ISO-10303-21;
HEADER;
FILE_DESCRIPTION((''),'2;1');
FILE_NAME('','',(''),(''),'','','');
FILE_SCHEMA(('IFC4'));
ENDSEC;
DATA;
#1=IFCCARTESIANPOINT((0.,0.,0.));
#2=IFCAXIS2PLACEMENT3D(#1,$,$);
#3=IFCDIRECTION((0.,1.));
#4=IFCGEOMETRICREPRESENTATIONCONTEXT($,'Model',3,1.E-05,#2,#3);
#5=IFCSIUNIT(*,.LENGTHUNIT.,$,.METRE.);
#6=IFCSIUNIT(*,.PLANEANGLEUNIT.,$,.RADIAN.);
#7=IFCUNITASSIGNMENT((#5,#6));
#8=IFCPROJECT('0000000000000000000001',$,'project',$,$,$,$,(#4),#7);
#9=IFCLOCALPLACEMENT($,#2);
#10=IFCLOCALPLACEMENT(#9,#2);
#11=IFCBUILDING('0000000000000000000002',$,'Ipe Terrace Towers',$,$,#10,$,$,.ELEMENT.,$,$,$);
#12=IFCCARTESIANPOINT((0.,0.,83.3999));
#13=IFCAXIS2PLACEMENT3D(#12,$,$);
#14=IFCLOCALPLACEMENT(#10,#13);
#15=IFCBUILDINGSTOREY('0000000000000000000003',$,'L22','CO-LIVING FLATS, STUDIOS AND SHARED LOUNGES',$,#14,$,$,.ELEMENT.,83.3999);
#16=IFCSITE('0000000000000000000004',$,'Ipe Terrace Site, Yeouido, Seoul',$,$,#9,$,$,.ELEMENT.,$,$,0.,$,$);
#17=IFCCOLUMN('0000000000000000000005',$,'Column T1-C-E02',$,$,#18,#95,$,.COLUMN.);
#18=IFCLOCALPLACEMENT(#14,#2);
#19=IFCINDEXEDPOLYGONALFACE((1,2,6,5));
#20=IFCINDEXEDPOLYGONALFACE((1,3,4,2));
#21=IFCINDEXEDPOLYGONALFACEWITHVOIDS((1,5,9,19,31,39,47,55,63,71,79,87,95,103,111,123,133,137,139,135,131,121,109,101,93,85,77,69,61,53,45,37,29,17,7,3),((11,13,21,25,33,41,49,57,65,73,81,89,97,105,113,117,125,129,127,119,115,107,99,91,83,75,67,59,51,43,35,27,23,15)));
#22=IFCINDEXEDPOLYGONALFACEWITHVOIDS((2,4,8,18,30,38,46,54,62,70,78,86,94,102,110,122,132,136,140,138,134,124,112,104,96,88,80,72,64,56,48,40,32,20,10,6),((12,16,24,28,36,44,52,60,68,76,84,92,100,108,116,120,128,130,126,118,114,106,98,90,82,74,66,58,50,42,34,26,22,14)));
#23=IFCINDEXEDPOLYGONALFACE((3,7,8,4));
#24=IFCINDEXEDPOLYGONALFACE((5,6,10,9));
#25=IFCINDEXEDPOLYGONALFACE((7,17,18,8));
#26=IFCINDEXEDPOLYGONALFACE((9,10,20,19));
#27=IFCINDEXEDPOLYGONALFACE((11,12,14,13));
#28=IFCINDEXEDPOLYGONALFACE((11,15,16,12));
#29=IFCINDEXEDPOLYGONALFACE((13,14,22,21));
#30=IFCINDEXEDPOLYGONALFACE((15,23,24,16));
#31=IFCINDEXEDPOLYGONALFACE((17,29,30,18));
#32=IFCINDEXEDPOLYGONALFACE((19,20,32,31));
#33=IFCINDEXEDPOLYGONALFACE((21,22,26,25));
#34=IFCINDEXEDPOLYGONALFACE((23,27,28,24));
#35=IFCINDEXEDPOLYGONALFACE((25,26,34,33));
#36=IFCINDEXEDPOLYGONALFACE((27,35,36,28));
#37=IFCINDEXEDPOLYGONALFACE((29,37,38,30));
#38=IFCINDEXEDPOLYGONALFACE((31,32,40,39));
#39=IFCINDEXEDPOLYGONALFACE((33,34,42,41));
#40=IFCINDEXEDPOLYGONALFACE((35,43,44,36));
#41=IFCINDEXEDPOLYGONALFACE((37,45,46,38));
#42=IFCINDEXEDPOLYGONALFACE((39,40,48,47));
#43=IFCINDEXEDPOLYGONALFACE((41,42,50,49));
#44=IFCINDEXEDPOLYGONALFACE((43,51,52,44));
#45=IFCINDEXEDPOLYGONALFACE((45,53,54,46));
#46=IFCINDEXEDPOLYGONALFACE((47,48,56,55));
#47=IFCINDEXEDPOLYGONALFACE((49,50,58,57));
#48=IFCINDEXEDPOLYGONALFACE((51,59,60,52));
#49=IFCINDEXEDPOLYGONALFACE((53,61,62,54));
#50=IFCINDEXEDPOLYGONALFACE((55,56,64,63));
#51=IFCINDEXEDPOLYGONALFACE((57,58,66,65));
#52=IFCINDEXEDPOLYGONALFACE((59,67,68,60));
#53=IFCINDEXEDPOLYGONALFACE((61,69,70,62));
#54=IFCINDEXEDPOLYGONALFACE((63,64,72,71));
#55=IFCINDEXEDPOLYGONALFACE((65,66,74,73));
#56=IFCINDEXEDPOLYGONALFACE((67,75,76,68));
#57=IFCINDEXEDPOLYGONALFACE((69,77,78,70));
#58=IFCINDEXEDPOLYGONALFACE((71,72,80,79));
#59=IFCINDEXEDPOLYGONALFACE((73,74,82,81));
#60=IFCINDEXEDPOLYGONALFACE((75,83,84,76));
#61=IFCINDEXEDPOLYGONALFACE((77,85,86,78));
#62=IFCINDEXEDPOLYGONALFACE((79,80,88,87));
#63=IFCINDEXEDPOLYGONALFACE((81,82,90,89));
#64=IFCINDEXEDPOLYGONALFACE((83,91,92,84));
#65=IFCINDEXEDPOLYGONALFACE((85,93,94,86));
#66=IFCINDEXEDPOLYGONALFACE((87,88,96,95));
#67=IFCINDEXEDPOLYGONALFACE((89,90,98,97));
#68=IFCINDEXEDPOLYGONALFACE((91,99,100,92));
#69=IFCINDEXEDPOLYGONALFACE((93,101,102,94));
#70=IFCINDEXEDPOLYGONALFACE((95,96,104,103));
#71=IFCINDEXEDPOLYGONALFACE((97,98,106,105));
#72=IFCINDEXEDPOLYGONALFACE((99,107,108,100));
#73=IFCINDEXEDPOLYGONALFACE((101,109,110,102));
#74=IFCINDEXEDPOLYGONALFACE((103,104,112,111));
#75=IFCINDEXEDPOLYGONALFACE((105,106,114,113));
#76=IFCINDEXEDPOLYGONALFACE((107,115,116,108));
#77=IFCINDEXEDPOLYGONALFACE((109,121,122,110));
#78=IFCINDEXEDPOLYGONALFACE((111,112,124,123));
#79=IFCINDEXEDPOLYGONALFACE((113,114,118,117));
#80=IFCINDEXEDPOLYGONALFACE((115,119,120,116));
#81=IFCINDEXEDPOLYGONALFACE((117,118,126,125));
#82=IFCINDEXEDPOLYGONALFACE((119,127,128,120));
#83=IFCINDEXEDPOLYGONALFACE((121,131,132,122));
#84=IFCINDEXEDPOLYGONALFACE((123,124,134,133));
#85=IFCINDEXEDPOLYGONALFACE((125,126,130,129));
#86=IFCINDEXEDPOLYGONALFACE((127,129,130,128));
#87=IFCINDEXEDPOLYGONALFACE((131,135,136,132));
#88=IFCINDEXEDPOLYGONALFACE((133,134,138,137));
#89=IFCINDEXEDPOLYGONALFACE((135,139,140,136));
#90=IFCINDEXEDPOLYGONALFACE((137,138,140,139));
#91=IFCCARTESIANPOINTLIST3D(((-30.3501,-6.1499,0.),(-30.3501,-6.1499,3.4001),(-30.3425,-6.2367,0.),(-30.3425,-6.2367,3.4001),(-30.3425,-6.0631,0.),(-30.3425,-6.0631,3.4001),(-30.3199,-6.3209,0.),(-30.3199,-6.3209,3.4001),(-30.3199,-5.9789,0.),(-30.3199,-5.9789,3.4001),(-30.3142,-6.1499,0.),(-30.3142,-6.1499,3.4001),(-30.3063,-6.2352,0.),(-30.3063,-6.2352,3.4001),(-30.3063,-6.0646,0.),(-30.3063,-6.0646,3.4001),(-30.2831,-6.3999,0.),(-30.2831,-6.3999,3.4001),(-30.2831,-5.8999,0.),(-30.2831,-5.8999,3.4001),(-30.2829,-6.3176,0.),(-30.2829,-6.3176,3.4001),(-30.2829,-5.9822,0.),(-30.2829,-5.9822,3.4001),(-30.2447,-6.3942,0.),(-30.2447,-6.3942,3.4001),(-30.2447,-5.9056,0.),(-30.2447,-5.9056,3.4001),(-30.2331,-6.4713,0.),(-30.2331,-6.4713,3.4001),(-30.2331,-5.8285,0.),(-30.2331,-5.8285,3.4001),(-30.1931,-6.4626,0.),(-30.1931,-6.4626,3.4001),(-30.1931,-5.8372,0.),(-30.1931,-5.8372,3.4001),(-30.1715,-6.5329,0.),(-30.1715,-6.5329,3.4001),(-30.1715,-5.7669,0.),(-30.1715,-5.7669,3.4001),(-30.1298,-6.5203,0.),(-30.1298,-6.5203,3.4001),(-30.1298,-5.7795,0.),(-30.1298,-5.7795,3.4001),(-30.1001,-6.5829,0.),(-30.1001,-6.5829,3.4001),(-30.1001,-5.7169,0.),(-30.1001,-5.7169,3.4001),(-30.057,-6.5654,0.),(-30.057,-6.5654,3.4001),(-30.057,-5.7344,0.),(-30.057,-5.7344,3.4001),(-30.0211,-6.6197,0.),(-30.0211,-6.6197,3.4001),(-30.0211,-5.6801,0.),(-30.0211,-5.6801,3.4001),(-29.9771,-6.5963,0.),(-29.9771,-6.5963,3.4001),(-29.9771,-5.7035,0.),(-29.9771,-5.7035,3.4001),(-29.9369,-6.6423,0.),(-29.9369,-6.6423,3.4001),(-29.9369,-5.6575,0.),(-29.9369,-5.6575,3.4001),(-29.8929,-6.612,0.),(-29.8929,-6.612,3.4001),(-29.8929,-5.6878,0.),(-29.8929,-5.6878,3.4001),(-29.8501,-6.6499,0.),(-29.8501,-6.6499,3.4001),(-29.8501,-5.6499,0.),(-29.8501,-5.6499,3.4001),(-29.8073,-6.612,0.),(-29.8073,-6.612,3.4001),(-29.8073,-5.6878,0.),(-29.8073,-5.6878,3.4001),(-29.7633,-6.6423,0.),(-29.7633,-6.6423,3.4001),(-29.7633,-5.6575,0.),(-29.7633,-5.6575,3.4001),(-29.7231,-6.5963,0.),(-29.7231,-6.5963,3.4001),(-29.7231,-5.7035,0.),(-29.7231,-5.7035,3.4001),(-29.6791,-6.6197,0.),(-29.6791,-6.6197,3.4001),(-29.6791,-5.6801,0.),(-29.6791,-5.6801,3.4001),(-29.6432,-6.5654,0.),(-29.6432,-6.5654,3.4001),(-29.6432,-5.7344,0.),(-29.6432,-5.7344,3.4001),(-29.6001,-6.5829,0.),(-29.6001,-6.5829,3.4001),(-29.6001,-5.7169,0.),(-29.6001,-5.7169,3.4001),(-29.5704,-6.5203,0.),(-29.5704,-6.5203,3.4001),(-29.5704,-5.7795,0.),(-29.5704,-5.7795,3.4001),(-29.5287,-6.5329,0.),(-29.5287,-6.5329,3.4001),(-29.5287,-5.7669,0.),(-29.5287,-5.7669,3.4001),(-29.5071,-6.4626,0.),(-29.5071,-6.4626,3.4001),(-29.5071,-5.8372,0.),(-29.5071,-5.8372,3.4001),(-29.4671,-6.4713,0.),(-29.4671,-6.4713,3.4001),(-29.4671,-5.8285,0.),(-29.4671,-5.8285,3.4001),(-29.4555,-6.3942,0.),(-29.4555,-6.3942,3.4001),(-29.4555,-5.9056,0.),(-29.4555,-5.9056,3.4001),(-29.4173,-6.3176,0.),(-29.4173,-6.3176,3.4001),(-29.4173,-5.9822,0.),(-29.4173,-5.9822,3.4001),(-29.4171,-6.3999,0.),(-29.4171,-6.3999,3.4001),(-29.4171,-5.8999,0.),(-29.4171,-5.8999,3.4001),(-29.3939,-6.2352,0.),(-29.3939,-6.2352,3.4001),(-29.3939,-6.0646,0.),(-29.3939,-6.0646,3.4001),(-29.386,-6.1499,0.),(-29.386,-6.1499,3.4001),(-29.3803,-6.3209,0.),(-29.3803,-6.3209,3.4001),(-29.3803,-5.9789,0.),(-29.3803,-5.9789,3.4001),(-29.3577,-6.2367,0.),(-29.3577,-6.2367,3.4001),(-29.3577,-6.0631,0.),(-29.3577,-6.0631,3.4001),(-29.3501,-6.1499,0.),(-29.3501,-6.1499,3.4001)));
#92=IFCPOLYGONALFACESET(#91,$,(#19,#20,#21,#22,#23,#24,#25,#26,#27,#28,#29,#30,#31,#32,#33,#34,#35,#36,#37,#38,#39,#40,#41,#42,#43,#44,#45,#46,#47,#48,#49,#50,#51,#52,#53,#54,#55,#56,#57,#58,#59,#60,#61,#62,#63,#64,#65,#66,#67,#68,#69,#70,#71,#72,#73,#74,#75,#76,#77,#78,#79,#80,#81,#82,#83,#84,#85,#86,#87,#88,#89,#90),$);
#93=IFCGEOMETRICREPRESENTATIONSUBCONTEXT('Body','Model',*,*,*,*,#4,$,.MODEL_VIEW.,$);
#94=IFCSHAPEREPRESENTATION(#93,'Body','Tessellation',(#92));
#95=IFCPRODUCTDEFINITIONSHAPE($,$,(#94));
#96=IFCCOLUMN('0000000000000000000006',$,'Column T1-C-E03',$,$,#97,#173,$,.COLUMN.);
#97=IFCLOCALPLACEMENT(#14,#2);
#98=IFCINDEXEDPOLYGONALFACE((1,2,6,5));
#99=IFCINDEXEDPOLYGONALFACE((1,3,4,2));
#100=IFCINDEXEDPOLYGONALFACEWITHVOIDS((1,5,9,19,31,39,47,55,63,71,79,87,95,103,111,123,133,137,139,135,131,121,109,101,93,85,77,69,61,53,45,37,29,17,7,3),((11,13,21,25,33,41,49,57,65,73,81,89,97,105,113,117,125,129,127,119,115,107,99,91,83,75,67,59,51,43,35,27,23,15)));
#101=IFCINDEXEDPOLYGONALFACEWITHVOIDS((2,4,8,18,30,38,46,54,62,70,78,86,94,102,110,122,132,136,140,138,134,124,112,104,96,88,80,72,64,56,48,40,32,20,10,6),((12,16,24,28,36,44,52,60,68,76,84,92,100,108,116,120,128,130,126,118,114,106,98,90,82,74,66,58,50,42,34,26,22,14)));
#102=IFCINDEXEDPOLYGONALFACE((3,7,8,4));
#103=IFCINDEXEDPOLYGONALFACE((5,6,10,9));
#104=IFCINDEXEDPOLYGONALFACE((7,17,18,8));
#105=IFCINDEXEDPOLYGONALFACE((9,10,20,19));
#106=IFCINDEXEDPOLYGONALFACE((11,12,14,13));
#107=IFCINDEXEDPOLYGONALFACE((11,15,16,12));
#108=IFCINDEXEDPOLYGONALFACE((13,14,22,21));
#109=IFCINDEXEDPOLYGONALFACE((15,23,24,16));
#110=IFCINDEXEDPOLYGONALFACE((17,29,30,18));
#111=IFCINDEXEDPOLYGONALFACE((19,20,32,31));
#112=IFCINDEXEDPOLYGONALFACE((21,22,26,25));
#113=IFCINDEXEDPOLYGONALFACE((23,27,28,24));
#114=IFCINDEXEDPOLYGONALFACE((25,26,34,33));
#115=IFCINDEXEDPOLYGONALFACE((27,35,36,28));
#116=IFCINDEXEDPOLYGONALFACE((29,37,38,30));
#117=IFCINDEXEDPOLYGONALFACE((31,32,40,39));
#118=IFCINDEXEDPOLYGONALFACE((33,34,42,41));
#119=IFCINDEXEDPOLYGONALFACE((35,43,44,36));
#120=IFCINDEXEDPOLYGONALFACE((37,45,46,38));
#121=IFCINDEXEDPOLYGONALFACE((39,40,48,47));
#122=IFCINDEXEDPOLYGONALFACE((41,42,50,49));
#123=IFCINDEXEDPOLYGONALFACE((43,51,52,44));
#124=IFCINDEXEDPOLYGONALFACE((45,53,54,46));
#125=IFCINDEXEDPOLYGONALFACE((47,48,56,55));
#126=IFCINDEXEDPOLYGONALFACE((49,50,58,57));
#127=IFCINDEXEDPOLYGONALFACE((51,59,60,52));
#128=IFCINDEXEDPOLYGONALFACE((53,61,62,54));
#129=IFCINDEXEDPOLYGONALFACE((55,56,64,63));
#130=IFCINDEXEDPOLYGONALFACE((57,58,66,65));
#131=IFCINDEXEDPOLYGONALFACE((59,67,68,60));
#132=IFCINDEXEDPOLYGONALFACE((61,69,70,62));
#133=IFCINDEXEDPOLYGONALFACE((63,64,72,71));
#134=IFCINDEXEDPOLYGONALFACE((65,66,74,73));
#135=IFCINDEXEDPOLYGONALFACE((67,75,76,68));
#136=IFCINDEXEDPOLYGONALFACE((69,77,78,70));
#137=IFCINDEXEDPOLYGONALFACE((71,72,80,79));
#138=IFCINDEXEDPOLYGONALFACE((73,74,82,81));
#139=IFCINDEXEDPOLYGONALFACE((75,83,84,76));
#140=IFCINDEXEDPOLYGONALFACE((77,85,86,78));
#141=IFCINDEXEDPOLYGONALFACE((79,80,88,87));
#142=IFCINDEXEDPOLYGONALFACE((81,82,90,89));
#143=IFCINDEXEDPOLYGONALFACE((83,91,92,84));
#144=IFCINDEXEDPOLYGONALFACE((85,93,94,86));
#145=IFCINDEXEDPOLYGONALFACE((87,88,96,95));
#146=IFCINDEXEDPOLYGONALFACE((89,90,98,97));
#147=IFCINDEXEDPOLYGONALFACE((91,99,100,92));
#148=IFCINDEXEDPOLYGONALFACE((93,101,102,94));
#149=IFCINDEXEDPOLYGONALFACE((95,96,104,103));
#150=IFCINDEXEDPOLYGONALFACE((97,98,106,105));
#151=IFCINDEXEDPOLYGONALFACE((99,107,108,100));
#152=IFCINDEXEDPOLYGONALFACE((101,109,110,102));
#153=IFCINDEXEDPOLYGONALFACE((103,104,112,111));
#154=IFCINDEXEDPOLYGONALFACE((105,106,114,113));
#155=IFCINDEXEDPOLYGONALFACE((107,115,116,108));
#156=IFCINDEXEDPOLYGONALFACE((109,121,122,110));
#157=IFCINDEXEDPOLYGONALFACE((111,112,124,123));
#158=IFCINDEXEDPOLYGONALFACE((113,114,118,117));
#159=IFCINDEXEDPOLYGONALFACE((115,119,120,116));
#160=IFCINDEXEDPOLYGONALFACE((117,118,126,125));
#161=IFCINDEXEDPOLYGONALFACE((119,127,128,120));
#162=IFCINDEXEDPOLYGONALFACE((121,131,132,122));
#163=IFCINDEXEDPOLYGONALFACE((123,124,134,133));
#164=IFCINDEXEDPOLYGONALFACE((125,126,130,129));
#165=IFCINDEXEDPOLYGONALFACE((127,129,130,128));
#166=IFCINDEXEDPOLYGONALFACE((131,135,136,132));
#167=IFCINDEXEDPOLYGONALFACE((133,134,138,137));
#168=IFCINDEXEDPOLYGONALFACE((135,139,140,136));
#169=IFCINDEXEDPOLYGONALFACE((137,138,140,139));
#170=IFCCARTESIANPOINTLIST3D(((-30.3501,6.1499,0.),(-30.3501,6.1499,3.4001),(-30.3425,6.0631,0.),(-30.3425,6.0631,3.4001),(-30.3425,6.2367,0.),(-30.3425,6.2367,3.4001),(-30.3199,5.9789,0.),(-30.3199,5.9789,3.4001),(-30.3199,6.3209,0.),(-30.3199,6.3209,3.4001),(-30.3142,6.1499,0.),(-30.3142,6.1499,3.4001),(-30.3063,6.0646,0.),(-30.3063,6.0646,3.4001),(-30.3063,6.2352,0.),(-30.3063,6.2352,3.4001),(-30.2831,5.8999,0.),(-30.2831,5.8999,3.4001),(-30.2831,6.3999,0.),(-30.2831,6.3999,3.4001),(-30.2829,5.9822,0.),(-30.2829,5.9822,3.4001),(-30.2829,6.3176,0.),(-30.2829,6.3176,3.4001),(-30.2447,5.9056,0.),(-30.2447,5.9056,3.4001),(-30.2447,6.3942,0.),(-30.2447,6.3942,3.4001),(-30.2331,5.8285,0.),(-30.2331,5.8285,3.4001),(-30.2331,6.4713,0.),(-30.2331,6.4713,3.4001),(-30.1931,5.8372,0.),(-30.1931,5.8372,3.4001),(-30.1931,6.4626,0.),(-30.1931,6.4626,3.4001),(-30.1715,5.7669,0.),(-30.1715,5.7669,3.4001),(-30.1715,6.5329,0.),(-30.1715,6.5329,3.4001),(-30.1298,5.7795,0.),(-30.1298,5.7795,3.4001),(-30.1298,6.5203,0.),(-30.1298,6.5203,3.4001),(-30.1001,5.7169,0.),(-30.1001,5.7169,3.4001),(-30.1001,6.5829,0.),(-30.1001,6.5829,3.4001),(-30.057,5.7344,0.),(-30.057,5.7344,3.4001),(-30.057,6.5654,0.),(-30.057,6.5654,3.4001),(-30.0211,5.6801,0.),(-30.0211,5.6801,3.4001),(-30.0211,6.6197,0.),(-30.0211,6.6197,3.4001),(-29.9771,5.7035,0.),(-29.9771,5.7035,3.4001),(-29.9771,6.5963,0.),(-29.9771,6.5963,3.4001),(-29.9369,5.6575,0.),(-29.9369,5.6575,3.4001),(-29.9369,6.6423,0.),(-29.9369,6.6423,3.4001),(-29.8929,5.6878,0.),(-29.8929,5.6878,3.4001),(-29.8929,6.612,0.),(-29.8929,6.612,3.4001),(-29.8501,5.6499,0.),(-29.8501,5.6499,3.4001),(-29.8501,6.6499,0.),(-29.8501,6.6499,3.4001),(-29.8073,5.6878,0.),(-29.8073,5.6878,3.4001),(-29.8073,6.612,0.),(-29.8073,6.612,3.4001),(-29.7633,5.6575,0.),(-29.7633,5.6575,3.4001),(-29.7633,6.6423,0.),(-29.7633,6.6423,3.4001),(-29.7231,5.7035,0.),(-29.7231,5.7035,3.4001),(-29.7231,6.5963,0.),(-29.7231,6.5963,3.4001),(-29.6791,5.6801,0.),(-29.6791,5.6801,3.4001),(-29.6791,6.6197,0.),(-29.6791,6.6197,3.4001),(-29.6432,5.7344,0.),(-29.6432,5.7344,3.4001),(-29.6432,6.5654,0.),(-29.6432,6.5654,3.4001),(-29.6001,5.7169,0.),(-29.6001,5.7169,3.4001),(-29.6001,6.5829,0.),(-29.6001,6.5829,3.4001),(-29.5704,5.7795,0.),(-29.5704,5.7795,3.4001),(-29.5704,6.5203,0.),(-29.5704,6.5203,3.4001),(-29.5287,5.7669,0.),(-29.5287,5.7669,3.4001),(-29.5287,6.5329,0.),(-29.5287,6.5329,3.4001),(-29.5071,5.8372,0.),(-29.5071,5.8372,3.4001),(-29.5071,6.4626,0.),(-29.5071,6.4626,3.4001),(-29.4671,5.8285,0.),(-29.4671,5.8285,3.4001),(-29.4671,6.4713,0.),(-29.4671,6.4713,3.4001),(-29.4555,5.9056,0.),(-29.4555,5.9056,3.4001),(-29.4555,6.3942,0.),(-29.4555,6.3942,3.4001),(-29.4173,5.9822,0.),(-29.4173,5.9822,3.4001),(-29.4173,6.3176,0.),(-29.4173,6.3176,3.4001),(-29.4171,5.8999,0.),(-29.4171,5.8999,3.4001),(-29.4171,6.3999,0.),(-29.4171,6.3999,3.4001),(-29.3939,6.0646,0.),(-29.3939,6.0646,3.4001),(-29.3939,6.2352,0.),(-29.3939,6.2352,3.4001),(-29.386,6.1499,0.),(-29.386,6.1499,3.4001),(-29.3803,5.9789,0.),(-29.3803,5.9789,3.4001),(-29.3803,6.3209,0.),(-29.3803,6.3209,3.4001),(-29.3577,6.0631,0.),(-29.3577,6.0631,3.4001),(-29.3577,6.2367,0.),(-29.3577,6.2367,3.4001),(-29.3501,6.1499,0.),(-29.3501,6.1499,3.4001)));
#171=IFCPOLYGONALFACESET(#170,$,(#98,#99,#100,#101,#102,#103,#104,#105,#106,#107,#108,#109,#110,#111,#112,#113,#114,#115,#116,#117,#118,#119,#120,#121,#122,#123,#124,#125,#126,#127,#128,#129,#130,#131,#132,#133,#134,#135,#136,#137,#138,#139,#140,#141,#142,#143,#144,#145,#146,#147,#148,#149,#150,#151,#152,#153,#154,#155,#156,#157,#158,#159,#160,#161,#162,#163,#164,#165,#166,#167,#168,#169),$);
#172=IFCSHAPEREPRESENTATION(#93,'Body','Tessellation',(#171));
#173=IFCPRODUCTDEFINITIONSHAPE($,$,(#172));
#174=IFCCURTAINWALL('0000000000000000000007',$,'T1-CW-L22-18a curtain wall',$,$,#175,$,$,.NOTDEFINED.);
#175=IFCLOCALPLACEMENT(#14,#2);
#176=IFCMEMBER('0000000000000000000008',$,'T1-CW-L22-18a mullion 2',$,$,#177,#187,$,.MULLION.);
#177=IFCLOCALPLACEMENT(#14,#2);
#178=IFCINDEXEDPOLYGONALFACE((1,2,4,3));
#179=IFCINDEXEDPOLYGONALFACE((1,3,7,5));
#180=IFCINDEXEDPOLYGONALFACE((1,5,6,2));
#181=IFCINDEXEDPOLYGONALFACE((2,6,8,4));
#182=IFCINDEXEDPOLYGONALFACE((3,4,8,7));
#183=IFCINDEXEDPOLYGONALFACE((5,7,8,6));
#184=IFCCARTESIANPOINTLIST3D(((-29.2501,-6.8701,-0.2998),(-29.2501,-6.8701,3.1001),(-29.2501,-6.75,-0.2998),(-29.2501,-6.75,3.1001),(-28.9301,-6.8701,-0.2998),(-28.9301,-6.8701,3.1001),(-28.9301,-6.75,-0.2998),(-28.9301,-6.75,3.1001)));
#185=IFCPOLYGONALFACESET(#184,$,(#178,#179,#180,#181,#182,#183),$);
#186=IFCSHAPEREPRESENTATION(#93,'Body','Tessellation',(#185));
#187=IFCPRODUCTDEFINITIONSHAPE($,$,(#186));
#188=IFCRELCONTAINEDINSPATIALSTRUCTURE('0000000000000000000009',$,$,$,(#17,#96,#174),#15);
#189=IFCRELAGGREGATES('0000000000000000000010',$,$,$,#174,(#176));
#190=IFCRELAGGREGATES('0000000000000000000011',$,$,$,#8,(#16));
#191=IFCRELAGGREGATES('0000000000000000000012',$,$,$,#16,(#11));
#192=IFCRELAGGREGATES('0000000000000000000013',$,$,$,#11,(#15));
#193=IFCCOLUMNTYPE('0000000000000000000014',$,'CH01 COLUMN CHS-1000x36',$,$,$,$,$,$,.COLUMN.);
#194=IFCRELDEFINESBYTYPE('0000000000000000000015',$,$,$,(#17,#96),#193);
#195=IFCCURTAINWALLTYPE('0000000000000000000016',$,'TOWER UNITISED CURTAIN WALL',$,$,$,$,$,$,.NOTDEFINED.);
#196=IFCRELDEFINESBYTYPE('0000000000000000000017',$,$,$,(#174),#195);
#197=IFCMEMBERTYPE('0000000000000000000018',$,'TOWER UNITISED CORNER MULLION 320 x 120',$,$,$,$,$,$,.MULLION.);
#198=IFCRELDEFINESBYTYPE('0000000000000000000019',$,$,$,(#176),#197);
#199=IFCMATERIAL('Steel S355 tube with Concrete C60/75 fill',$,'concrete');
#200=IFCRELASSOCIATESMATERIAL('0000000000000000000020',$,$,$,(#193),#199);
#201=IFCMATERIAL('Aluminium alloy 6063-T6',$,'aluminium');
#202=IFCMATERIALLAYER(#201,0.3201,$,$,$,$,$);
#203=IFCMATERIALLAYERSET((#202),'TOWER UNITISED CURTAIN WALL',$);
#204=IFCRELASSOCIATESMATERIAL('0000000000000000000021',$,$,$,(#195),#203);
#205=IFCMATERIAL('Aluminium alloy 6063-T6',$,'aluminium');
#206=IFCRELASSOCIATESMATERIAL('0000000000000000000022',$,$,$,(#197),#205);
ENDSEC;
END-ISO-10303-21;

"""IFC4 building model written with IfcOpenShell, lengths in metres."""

from ifc_helpers import new_model, si_unit, direction, frame, origin, origin_2d, place, context, subcontext, project, spatial, rectangle, hollow_circle, extrude, material, layer, layer_set, material_profile, profile_set, type_object, element, aggregate, save


model = new_model("IFC4")

# Units and contexts
model_context = context("Model", 3, precision=1e-05, world=origin(), true_north=direction((0.0, 1.0)))
body_context = subcontext(model_context, "Body", "Model", "MODEL_VIEW")
ifc_project = project(units=[si_unit("LENGTHUNIT", "METRE"), si_unit("PLANEANGLEUNIT", "RADIAN")], contexts=[model_context])

# Site, building, storey
site_placement = place(None, origin())
site = spatial("IfcSite", under=ifc_project, at=site_placement, Name="Ipe Terrace Site, Yeouido, Seoul", CompositionType="ELEMENT", RefElevation=0.0)
building_placement = place(site_placement, origin())
building = spatial("IfcBuilding", under=site, at=building_placement, Name="Ipe Terrace Towers", CompositionType="ELEMENT")
storey_placement = place(building_placement, frame((0.0, 0.0, 83.3999)))
storey = spatial("IfcBuildingStorey", under=building, at=storey_placement, Name="L22", Description="CO-LIVING FLATS, STUDIOS AND SHARED LOUNGES", CompositionType="ELEMENT", Elevation=83.3999)

# Columns
ifc_material_1 = material(Name="Steel S355 tube with Concrete C60/75 fill", Category="concrete")
ifc_material_profile_1 = material_profile(ifc_material_1, hollow_circle(Radius=0.5, WallThickness=0.0359, at=origin_2d()), Name="CHS-1000x36")
ifc_profile_set_1 = profile_set([ifc_material_profile_1], Name="Steel S355 tube with Concrete C60/75 fill")
column_type = type_object("IfcColumnType", Name="CH01 COLUMN CHS-1000x36", PredefinedType="COLUMN", material=ifc_profile_set_1)
for number, where, z_axis, x_axis, name in (
    (1, (-29.8501, -6.1499, 0.0), (0.0, 0.0, 1.0), (1.0, 0.0, 0.0), "Column T1-C-E02"),
    (2, (-29.8501, 6.1499, 0.0), (0.0, 0.0, 1.0), (1.0, 0.0, 0.0), "Column T1-C-E03"),
):
    element("IfcColumn", number, at=place(storey_placement, frame(where, z_axis=z_axis, x_axis=x_axis)), inside=storey, type_object=column_type, Name=name, PredefinedType="COLUMN", context=body_context, shape_type="SweptSolid", body=[
        extrude(hollow_circle(Radius=0.5, WallThickness=0.0359, at=origin_2d()), origin(), (0.0, 0.0, 1.0), 3.4001),
    ])

# Curtain wall, member
ifc_material_2 = material(Name="Aluminium alloy 6063-T6", Category="aluminium")
ifc_layer_1 = layer(ifc_material_2, 0.3201)
ifc_layer_set_1 = layer_set([ifc_layer_1], Name="TOWER UNITISED CURTAIN WALL")
curtain_wall_type = type_object("IfcCurtainWallType", Name="TOWER UNITISED CURTAIN WALL", PredefinedType="NOTDEFINED", material=ifc_layer_set_1)
curtain_wall_placement = place(storey_placement, origin())
curtain_wall = element("IfcCurtainWall", 3, at=curtain_wall_placement, inside=storey, type_object=curtain_wall_type, Name="T1-CW-L22-18a curtain wall", PredefinedType="NOTDEFINED")
ifc_material_3 = material(Name="Aluminium alloy 6063-T6", Category="aluminium")
ifc_material_profile_2 = material_profile(ifc_material_3, rectangle(XDim=0.3201, YDim=0.1201, at=origin_2d()), Name="TOWER UNITISED CORNER MULLION 320 x 120")
ifc_profile_set_2 = profile_set([ifc_material_profile_2], Name="Aluminium alloy 6063-T6")
member_type = type_object("IfcMemberType", Name="TOWER UNITISED CORNER MULLION 320 x 120", PredefinedType="MULLION", material=ifc_profile_set_2)
member_placement = place(storey_placement, frame((-29.0901, -6.8101, -0.2998), z_axis=(0.0, 0.0, 1.0), x_axis=(1.0, 0.0, 0.0)))
member = element("IfcMember", 4, at=member_placement, type_object=member_type, Name="T1-CW-L22-18a mullion 2", PredefinedType="MULLION", context=body_context, shape_type="SweptSolid", body=[
    extrude(rectangle(XDim=0.3201, YDim=0.1201, at=origin_2d()), origin(), (0.0, 0.0, 1.0), 3.3999),
])
aggregate(curtain_wall, [member])

save(model, "model.ifc")
